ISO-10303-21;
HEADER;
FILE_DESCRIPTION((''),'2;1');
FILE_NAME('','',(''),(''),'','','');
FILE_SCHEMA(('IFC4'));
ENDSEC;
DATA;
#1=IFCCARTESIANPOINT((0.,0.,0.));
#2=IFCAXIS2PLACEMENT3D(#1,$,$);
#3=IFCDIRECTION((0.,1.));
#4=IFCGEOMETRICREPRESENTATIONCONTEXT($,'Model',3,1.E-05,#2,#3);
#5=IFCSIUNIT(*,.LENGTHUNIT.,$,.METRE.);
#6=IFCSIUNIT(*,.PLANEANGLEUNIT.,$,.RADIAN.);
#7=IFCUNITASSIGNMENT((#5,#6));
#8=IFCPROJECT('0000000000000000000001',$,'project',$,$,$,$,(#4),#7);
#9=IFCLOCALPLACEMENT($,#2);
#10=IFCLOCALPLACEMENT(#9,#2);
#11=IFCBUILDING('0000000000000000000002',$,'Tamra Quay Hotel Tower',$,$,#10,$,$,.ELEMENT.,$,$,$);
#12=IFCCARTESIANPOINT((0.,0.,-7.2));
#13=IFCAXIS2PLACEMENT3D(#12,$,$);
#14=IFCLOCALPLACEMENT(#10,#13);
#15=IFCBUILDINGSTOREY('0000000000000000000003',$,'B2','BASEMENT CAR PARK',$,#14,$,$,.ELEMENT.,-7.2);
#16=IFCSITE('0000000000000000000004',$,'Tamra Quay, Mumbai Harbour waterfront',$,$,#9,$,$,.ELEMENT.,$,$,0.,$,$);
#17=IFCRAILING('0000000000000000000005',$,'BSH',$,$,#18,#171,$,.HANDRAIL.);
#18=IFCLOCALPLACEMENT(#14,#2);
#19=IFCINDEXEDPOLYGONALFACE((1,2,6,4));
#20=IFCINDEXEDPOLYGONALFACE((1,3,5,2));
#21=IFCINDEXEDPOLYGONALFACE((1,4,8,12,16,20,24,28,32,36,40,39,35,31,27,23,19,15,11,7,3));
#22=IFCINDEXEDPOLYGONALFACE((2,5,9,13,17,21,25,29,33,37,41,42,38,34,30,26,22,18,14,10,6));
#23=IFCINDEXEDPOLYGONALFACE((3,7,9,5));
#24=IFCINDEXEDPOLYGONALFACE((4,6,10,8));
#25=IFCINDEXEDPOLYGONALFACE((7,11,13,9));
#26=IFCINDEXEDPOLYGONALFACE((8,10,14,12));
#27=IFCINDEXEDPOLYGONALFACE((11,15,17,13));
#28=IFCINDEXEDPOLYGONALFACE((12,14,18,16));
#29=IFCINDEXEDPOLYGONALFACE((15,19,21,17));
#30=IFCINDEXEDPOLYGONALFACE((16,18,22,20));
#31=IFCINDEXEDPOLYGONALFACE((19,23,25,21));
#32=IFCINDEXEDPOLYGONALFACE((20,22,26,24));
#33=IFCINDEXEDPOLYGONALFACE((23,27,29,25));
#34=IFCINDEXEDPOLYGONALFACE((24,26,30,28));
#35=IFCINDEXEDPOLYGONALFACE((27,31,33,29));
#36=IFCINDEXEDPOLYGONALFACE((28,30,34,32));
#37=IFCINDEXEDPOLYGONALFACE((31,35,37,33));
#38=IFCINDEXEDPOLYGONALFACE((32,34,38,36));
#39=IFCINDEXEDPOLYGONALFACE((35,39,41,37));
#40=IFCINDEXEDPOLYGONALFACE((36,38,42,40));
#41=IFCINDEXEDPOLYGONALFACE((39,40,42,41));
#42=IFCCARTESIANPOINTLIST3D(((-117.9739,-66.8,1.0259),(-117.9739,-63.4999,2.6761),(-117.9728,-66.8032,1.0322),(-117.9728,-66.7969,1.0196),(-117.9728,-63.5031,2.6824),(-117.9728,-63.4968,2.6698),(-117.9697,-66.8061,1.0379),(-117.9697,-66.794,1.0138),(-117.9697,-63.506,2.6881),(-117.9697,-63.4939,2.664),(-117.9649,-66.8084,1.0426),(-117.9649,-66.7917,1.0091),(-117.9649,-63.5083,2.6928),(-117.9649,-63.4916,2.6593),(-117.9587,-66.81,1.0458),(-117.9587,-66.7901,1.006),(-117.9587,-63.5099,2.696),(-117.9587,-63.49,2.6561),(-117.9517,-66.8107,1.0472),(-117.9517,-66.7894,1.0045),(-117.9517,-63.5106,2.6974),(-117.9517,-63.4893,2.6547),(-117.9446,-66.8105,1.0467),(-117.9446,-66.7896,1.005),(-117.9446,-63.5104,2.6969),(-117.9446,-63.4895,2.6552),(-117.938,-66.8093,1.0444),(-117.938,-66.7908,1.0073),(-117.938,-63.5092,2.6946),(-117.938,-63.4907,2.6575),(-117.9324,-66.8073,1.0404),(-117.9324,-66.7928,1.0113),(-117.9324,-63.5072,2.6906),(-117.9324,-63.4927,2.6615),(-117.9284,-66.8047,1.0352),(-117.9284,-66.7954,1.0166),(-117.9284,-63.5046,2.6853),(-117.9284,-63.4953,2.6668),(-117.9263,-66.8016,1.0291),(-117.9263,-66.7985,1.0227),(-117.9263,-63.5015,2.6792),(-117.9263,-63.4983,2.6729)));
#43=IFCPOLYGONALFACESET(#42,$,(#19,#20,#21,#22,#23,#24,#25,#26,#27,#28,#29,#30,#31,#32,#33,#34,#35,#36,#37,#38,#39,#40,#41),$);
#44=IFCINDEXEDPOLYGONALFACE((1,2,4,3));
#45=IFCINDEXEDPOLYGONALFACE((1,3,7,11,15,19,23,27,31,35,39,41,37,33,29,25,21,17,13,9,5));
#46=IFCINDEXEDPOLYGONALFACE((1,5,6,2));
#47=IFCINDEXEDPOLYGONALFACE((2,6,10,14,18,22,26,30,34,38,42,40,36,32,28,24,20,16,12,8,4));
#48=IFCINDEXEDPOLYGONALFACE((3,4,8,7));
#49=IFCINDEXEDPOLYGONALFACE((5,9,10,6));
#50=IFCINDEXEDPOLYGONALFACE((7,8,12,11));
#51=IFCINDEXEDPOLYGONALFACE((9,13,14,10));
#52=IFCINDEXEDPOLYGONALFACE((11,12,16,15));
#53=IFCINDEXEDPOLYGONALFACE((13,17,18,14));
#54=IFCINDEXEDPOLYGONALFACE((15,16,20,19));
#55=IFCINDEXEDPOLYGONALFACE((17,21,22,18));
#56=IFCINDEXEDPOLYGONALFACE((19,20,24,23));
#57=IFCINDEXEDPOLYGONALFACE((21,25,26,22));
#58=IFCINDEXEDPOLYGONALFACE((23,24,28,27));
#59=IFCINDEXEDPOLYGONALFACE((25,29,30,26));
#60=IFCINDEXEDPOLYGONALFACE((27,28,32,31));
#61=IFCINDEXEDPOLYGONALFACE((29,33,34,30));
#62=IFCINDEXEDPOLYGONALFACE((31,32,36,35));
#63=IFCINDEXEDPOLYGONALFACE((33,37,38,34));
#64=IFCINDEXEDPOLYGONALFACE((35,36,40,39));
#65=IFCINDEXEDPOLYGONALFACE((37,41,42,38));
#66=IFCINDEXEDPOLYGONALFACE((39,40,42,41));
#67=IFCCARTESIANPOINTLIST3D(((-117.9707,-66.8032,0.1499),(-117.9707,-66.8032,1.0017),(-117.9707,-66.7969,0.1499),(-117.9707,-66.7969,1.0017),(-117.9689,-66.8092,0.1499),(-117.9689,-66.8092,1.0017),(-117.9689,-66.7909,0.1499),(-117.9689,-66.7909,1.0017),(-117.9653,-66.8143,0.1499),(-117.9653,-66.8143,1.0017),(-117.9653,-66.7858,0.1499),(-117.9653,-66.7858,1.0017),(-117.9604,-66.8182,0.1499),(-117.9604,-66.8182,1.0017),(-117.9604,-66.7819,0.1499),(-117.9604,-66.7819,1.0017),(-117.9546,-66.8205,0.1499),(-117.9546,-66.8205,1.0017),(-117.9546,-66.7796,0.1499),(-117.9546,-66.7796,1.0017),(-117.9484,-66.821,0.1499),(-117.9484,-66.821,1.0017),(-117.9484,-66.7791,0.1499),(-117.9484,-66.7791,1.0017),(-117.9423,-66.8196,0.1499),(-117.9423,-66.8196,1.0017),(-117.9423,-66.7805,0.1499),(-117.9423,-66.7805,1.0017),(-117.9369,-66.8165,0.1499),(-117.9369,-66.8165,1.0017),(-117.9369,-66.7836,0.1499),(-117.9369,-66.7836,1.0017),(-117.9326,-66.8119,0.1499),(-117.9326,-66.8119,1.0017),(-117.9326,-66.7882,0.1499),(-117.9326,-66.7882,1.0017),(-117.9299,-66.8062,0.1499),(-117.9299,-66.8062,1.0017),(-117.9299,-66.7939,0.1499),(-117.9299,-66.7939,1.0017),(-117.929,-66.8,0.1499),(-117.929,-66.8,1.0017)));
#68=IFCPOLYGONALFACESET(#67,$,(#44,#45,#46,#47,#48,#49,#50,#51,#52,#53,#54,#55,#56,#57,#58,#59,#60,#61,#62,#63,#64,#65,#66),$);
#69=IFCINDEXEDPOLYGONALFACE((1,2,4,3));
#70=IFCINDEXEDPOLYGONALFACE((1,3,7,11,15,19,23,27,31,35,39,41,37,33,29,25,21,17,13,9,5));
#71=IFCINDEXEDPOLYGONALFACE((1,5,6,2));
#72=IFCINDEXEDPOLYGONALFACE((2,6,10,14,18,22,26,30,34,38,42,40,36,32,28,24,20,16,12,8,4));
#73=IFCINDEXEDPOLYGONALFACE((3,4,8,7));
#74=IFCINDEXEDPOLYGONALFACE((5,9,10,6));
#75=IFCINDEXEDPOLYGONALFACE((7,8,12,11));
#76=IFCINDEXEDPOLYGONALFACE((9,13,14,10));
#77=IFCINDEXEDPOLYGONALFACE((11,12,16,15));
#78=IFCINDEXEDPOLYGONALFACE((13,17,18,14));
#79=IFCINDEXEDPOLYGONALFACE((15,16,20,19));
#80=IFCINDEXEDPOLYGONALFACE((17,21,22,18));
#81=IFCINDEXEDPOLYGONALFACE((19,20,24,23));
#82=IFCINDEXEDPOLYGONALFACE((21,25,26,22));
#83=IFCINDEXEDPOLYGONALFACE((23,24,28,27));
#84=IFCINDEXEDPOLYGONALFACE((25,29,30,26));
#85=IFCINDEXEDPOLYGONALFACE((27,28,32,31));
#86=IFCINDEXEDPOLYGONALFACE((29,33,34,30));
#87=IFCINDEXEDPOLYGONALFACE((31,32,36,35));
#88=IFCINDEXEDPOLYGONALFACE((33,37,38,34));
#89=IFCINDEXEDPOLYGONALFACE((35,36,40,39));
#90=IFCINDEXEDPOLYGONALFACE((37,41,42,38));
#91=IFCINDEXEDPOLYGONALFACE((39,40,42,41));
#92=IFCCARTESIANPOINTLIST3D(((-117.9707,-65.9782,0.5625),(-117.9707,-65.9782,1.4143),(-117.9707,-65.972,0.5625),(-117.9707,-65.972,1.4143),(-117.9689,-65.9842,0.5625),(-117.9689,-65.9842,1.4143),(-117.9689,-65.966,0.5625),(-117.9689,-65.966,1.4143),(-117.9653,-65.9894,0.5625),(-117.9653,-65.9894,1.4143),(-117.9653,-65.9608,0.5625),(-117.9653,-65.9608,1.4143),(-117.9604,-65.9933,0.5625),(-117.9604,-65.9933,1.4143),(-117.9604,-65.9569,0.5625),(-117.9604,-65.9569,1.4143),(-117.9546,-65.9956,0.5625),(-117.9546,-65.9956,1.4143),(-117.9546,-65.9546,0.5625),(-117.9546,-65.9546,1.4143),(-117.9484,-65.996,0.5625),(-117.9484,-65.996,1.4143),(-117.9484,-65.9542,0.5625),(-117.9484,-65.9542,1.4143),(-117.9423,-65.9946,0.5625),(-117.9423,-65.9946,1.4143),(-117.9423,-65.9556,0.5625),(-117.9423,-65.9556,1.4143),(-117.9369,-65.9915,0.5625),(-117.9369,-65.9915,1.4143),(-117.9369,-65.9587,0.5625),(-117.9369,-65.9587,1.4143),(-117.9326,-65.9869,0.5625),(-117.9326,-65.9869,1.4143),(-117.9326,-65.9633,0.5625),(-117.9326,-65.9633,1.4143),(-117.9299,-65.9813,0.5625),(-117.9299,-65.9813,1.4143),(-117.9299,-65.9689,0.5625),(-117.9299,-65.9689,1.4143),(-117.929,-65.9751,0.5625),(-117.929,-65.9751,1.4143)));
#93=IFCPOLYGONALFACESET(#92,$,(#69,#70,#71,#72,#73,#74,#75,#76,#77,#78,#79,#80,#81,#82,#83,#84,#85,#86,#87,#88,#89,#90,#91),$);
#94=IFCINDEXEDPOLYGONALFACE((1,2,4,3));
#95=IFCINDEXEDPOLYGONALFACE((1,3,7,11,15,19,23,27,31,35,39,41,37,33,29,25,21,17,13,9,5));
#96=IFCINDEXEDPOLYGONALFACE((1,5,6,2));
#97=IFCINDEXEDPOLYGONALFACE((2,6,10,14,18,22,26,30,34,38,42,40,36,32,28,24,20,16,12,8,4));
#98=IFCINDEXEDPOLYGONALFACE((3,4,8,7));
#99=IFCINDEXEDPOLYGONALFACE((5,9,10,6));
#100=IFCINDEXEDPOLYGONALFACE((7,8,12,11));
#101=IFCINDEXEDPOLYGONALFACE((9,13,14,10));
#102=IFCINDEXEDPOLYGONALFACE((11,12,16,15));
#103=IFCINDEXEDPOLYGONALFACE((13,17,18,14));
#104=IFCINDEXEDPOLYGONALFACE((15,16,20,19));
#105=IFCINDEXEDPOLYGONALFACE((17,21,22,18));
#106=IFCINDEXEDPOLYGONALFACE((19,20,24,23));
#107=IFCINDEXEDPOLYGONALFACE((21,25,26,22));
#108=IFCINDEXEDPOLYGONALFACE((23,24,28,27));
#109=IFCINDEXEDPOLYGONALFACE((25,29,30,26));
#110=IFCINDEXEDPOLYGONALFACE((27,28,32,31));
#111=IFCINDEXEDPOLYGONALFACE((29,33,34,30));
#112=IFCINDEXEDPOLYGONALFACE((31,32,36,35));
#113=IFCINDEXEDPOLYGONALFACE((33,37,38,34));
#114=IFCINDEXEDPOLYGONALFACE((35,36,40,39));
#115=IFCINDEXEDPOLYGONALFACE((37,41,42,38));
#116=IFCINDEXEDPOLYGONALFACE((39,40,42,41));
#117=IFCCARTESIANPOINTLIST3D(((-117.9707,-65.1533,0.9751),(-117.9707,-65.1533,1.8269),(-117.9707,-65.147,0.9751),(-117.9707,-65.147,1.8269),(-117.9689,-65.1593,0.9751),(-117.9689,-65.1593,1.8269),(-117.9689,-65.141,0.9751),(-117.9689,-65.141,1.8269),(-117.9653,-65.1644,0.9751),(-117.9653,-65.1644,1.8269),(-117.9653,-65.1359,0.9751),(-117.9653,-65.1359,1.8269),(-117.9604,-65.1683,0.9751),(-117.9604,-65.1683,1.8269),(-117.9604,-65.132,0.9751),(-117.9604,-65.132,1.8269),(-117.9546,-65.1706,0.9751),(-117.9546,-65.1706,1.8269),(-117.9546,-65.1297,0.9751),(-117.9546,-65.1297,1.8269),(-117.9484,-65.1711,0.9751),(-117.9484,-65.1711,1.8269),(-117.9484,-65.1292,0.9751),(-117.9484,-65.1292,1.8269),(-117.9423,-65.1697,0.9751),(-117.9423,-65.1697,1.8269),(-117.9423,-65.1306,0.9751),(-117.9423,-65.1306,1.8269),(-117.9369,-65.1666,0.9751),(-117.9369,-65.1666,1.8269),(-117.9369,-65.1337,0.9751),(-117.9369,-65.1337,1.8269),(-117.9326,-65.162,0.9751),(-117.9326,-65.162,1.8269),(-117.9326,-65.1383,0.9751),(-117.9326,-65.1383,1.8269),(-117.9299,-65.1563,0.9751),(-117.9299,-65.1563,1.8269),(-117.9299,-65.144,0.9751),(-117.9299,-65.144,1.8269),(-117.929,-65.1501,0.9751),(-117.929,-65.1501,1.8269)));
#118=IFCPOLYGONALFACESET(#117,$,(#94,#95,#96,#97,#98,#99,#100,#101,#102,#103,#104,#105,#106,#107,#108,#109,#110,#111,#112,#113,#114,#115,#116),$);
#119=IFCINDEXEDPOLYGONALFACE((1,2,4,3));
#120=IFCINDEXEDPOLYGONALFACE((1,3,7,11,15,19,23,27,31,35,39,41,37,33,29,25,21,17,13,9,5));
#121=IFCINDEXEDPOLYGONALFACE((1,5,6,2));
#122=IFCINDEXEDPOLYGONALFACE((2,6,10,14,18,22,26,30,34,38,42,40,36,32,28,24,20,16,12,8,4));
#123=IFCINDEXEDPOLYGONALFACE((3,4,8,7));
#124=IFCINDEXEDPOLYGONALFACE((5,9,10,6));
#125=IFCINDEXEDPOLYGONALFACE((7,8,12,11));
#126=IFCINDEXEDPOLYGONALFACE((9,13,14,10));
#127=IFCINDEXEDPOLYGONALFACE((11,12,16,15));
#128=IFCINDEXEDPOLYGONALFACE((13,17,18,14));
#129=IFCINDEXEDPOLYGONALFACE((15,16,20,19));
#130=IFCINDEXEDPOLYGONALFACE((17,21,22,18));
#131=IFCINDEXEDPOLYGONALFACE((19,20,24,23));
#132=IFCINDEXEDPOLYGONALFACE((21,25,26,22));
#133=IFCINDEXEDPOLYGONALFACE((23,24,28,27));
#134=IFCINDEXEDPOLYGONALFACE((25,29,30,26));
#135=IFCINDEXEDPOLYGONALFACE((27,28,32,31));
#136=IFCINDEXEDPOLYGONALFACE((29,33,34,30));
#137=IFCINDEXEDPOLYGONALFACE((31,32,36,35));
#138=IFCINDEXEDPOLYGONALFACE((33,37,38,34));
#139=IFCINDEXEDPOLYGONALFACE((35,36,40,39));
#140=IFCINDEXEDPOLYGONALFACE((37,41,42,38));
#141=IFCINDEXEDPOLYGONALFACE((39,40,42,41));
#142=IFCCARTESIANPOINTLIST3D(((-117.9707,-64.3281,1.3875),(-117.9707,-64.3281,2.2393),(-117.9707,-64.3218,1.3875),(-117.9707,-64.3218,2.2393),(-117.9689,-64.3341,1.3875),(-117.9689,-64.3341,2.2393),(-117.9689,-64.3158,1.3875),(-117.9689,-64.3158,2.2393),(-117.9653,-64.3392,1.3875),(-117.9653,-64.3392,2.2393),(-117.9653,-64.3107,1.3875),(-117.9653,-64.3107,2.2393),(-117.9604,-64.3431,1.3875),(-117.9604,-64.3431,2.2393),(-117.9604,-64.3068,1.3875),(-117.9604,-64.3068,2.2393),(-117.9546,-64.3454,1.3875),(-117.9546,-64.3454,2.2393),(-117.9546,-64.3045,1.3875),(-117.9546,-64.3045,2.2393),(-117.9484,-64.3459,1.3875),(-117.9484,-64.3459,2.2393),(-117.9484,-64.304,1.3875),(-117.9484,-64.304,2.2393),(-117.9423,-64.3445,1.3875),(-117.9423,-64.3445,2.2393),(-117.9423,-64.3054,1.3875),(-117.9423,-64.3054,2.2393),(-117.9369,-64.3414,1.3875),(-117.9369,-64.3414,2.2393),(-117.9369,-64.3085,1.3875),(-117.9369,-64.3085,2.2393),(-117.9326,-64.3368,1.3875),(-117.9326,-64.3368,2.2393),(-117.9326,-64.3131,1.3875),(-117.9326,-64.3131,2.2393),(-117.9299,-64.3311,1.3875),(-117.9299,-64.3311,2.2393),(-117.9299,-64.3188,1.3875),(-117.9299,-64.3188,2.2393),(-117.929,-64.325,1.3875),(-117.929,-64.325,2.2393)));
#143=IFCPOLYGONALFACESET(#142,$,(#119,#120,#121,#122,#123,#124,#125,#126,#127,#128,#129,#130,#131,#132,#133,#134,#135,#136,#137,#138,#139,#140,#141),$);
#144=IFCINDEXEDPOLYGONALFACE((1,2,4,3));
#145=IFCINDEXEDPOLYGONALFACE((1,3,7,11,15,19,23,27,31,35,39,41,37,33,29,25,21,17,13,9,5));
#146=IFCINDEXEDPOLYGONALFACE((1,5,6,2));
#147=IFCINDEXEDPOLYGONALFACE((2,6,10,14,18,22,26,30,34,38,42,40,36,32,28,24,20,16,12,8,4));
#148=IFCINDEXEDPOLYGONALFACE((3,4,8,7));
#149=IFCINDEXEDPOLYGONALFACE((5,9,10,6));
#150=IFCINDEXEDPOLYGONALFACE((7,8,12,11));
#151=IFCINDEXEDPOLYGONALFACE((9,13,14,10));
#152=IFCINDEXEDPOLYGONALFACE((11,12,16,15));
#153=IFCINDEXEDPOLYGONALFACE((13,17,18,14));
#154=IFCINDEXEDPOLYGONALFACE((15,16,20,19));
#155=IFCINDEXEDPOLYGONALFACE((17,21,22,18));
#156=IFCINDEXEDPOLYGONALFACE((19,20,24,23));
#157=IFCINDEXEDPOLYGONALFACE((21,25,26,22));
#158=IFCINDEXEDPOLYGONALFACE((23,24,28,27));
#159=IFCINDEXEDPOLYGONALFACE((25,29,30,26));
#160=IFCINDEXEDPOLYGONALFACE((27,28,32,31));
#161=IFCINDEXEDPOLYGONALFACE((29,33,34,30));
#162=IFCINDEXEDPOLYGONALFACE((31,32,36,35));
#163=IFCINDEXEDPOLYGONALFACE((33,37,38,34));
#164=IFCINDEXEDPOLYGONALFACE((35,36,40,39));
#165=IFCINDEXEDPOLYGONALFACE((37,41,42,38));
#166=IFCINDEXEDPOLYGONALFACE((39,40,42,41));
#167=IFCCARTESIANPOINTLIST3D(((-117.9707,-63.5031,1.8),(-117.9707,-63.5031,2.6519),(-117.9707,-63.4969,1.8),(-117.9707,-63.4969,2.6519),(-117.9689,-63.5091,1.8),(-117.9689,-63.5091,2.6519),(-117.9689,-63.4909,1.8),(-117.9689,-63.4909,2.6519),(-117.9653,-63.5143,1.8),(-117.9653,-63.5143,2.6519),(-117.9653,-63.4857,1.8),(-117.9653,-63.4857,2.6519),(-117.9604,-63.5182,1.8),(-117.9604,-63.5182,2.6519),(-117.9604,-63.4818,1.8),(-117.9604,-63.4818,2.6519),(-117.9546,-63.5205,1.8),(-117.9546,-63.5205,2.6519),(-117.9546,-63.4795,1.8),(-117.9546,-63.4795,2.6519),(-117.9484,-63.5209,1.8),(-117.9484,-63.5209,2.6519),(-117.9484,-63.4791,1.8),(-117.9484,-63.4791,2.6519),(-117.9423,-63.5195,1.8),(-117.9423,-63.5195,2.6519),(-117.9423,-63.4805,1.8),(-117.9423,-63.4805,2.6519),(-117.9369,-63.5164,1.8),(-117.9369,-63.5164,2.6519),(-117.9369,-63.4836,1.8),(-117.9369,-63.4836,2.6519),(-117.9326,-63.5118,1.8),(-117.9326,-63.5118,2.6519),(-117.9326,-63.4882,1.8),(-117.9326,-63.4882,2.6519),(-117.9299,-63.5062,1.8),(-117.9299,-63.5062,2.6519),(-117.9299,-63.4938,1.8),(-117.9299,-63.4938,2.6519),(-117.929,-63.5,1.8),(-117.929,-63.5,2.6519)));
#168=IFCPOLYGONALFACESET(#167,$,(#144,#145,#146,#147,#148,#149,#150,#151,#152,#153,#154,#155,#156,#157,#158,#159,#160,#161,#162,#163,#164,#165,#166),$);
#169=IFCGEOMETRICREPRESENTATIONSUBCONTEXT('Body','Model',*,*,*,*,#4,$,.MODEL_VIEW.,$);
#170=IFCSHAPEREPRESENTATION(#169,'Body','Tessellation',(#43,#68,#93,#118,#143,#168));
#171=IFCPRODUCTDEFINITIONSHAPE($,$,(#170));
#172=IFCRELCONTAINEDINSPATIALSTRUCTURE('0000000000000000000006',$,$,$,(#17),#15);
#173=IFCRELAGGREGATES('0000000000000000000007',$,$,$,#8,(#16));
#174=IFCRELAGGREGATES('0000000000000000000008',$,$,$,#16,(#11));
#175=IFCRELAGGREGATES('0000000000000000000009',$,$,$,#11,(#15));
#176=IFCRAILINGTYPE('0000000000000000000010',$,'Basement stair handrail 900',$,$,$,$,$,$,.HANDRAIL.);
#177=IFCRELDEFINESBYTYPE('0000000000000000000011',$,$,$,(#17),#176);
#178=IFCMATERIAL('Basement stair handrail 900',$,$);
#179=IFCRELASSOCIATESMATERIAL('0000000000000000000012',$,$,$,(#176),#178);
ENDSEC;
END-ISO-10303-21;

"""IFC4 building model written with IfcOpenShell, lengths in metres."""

from ifc_helpers import new_model, si_unit, direction, frame, origin, origin_2d, place, context, subcontext, project, spatial, circle, extrude, material, type_object, element, save


model = new_model("IFC4")

# Units and contexts
model_context = context("Model", 3, precision=1e-05, world=origin(), true_north=direction((0.0, 1.0)))
body_context = subcontext(model_context, "Body", "Model", "MODEL_VIEW")
ifc_project = project(units=[si_unit("LENGTHUNIT", "METRE"), si_unit("PLANEANGLEUNIT", "RADIAN")], contexts=[model_context])

# Site, building, storey
site_placement = place(None, origin())
site = spatial("IfcSite", under=ifc_project, at=site_placement, Name="Tamra Quay, Mumbai Harbour waterfront", CompositionType="ELEMENT", RefElevation=0.0)
building_placement = place(site_placement, origin())
building = spatial("IfcBuilding", under=site, at=building_placement, Name="Tamra Quay Hotel Tower", CompositionType="ELEMENT")
storey_placement = place(building_placement, frame((0.0, 0.0, -7.2)))
storey = spatial("IfcBuildingStorey", under=building, at=storey_placement, Name="B2", Description="BASEMENT CAR PARK", CompositionType="ELEMENT", Elevation=-7.2)

# Railing
ifc_material_1 = material(Name="Basement stair handrail 900")
railing_type_1 = type_object("IfcRailingType", Name="Basement stair handrail 900", PredefinedType="HANDRAIL", material=ifc_material_1)
railing_1_placement = place(storey_placement, frame((-117.95, -66.8, 0.1499)))
element("IfcRailing", 1, at=railing_1_placement, inside=storey, type_object=railing_type_1, Name="BSH", PredefinedType="HANDRAIL", context=body_context, shape_type="SweptSolid", body=[
    extrude(circle(Radius=0.0239, at=origin_2d()), frame((0.0, 0.0, 0.876), z_axis=(0.0, 0.894414, 0.44724), x_axis=(-1.0, 0.0, 0.0)), (0.0, 0.0, 1.0), 3.6897),
    extrude(circle(Radius=0.021, at=origin_2d()), origin(), (0.0, 0.0, 1.0), 0.8518),
    extrude(circle(Radius=0.021, at=origin_2d()), frame((0.0, 0.825, 0.4126)), (0.0, 0.0, 1.0), 0.8518),
    extrude(circle(Radius=0.021, at=origin_2d()), frame((0.0, 1.6499, 0.8252)), (0.0, 0.0, 1.0), 0.8518),
    extrude(circle(Radius=0.021, at=origin_2d()), frame((0.0, 2.4751, 1.2375)), (0.0, 0.0, 1.0), 0.8518),
    extrude(circle(Radius=0.021, at=origin_2d()), frame((0.0, 3.3, 1.6501)), (0.0, 0.0, 1.0), 0.8518),
])

save(model, "model.ifc")
